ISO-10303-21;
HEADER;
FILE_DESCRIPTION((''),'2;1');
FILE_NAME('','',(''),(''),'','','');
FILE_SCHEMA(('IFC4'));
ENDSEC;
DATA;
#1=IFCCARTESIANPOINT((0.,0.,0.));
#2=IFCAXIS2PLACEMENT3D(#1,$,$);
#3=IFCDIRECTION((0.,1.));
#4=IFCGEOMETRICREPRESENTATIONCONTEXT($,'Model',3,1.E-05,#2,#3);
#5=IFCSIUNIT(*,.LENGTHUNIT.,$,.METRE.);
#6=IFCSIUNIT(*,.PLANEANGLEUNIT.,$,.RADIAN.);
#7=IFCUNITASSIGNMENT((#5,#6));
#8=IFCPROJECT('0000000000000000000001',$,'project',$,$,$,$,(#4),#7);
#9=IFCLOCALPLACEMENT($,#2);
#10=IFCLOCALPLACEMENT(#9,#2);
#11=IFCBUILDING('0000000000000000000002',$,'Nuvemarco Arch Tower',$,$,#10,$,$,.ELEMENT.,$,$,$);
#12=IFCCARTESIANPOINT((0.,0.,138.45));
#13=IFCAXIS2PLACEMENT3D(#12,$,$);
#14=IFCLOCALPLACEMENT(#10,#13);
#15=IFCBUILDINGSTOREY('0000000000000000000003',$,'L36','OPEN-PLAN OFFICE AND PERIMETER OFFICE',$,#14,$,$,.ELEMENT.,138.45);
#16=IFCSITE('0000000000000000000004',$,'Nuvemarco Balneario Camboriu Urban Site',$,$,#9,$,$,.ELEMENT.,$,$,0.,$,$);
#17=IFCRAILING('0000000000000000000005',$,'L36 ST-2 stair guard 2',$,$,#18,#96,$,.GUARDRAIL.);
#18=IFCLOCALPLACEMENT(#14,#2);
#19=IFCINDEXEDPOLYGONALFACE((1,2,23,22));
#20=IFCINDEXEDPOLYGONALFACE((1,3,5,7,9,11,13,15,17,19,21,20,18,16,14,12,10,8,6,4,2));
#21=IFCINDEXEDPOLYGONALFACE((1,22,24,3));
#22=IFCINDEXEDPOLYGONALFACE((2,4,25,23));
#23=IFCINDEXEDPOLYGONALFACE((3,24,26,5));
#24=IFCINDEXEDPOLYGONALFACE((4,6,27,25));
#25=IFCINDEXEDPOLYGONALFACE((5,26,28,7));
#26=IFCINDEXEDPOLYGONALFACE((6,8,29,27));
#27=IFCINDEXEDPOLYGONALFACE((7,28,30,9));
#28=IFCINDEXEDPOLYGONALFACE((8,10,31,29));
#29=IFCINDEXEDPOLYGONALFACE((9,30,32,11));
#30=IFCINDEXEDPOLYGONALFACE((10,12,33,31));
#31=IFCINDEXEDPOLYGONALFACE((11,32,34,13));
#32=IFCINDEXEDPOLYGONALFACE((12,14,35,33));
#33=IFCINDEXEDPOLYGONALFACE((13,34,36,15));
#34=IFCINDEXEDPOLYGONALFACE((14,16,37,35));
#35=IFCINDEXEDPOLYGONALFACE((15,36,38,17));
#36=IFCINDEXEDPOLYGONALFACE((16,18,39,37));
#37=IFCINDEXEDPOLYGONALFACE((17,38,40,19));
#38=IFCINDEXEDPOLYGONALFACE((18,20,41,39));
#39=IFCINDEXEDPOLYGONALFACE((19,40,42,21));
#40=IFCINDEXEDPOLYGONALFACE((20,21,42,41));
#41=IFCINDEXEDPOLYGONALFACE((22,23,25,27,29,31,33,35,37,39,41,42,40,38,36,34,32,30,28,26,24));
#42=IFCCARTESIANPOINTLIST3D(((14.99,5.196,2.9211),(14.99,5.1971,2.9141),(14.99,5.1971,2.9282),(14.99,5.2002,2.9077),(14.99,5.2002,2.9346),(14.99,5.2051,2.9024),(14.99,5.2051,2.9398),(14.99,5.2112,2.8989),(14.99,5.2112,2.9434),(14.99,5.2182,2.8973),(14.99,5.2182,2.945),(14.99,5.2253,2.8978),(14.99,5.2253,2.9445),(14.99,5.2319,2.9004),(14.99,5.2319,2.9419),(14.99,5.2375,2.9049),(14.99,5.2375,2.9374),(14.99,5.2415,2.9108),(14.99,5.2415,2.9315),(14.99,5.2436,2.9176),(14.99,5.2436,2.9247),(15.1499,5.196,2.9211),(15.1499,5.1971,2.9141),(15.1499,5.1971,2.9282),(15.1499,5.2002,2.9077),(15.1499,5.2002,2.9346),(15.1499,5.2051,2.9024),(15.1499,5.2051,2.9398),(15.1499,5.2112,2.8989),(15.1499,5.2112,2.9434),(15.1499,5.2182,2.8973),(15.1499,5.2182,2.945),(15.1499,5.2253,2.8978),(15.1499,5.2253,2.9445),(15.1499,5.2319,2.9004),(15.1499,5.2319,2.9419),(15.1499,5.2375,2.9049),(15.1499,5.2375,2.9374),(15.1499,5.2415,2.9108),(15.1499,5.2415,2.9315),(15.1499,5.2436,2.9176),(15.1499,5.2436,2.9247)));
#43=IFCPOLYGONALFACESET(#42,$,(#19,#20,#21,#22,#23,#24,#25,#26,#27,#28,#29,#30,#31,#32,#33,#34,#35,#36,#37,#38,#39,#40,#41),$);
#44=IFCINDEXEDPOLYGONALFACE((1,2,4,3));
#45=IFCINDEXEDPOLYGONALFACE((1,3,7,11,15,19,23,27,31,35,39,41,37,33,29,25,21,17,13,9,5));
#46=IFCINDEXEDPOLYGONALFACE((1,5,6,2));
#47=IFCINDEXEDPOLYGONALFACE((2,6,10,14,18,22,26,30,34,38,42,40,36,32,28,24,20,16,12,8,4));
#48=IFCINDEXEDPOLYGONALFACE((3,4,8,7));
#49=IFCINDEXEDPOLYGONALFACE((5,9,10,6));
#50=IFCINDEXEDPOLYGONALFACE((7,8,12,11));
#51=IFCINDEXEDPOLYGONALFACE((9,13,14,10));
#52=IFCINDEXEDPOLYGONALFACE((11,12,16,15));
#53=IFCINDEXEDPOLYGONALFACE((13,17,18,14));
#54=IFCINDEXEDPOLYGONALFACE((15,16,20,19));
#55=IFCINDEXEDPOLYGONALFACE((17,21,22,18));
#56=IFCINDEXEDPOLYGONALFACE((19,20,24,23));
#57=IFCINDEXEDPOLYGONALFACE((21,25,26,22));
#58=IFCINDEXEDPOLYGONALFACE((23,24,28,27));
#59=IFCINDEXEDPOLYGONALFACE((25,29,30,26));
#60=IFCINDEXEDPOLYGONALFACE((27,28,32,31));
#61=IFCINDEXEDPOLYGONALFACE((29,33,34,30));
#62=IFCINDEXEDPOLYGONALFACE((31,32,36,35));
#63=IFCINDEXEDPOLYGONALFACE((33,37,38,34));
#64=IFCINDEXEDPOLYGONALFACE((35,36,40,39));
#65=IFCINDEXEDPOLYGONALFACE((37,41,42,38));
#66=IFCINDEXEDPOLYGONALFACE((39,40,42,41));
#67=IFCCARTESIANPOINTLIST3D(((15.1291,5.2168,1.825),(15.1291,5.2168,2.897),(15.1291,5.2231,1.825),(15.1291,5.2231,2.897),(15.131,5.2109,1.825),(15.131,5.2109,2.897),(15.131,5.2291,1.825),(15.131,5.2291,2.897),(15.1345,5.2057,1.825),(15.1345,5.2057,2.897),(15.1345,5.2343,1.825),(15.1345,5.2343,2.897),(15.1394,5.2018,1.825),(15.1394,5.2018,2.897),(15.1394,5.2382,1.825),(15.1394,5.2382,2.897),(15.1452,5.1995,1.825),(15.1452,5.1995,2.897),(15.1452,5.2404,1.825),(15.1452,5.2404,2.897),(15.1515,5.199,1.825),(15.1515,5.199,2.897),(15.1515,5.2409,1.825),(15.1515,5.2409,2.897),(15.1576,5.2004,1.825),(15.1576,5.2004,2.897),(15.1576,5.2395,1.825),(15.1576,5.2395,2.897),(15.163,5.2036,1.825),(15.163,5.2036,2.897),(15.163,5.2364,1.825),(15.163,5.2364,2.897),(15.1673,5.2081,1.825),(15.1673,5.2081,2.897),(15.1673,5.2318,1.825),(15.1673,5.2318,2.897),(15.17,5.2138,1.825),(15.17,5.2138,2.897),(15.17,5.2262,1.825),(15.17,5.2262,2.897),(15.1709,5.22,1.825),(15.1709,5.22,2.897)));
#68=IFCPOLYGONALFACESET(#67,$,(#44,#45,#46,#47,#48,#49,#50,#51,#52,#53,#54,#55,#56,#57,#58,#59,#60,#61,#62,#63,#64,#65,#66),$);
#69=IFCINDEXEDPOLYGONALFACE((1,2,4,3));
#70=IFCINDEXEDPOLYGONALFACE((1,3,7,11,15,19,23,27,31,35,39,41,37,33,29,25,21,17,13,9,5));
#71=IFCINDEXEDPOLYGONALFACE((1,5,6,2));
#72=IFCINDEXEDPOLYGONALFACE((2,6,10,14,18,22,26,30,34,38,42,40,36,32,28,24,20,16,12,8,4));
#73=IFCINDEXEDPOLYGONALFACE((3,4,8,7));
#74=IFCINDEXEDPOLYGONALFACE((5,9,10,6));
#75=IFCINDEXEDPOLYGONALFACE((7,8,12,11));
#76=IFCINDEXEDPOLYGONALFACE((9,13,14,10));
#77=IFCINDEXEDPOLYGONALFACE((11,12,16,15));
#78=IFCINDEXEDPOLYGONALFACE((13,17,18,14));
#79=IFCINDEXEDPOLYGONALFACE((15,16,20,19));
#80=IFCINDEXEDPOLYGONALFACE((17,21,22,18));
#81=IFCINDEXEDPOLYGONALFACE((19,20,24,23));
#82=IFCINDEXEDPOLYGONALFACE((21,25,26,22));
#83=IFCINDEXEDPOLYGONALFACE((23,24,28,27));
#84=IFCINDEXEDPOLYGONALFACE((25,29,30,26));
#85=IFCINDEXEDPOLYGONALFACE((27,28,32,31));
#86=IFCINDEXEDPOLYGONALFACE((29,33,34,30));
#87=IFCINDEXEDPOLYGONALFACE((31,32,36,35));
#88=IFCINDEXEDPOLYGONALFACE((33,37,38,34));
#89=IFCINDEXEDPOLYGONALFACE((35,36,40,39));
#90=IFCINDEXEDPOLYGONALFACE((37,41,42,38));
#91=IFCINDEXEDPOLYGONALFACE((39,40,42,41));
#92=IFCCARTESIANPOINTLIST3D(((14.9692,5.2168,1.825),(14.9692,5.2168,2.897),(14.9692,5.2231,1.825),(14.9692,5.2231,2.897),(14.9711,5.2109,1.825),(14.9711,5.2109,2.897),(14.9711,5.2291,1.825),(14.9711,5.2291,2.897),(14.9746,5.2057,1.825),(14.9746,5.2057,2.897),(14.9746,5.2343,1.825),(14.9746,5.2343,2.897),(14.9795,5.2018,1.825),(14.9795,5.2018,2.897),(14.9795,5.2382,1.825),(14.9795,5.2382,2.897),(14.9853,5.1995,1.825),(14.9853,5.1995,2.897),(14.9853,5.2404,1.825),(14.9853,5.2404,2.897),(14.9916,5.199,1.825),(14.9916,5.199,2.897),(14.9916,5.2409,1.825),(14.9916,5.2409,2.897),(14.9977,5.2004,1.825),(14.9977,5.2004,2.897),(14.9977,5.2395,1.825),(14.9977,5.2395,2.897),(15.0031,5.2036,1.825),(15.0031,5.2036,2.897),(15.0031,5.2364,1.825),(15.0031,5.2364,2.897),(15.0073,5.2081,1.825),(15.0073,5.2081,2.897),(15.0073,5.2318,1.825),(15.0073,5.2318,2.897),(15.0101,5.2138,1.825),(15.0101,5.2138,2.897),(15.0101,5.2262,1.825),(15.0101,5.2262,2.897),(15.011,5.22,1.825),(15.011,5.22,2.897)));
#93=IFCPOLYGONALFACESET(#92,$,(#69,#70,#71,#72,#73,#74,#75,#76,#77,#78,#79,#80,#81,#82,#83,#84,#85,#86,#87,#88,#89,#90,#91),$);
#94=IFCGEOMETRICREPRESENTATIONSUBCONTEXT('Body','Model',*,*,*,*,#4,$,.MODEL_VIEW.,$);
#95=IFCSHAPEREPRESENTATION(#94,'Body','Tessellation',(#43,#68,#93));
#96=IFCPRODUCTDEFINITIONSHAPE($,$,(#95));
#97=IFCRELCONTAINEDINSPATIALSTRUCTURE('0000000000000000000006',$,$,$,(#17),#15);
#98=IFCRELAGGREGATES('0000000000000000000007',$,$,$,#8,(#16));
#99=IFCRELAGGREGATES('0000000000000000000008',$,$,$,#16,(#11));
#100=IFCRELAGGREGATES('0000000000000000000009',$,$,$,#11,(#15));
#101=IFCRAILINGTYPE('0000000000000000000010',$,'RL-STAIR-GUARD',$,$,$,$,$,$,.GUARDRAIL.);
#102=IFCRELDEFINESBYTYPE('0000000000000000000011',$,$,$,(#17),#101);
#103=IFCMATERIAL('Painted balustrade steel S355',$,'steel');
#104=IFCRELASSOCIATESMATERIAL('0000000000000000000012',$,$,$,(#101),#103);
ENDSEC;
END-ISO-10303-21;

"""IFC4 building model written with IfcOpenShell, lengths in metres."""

from ifc_helpers import new_model, si_unit, direction, frame, origin, origin_2d, place, context, subcontext, project, spatial, circle, extrude, material, type_object, element, save


model = new_model("IFC4")

# Units and contexts
model_context = context("Model", 3, precision=1e-05, world=origin(), true_north=direction((0.0, 1.0)))
body_context = subcontext(model_context, "Body", "Model", "MODEL_VIEW")
ifc_project = project(units=[si_unit("LENGTHUNIT", "METRE"), si_unit("PLANEANGLEUNIT", "RADIAN")], contexts=[model_context])

# Site, building, storey
site_placement = place(None, origin())
site = spatial("IfcSite", under=ifc_project, at=site_placement, Name="Nuvemarco Balneario Camboriu Urban Site", CompositionType="ELEMENT", RefElevation=0.0)
building_placement = place(site_placement, origin())
building = spatial("IfcBuilding", under=site, at=building_placement, Name="Nuvemarco Arch Tower", CompositionType="ELEMENT")
storey_placement = place(building_placement, frame((0.0, 0.0, 138.45)))
storey = spatial("IfcBuildingStorey", under=building, at=storey_placement, Name="L36", Description="OPEN-PLAN OFFICE AND PERIMETER OFFICE", CompositionType="ELEMENT", Elevation=138.45)

# Railing
ifc_material_1 = material(Name="Painted balustrade steel S355", Category="steel")
railing_type_1 = type_object("IfcRailingType", Name="RL-STAIR-GUARD", PredefinedType="GUARDRAIL", material=ifc_material_1)
railing_1_placement = place(storey_placement, frame((15.1499, 5.22, 1.825)))
element("IfcRailing", 1, at=railing_1_placement, inside=storey, type_object=railing_type_1, Name="L36 ST-2 stair guard 2", PredefinedType="GUARDRAIL", context=body_context, shape_type="SweptSolid", body=[
    extrude(circle(Radius=0.0239, at=origin_2d()), frame((0.0, 0.0, 1.0962), z_axis=(-1.0, 0.0, 0.0), x_axis=(0.0, -1.0, 0.0)), (0.0, 0.0, 1.0), 0.1599),
    extrude(circle(Radius=0.021, at=origin_2d()), origin(), (0.0, 0.0, 1.0), 1.072),
    extrude(circle(Radius=0.021, at=origin_2d()), frame((-0.1599, 0.0, 0.0)), (0.0, 0.0, 1.0), 1.072),
])

save(model, "model.ifc")
